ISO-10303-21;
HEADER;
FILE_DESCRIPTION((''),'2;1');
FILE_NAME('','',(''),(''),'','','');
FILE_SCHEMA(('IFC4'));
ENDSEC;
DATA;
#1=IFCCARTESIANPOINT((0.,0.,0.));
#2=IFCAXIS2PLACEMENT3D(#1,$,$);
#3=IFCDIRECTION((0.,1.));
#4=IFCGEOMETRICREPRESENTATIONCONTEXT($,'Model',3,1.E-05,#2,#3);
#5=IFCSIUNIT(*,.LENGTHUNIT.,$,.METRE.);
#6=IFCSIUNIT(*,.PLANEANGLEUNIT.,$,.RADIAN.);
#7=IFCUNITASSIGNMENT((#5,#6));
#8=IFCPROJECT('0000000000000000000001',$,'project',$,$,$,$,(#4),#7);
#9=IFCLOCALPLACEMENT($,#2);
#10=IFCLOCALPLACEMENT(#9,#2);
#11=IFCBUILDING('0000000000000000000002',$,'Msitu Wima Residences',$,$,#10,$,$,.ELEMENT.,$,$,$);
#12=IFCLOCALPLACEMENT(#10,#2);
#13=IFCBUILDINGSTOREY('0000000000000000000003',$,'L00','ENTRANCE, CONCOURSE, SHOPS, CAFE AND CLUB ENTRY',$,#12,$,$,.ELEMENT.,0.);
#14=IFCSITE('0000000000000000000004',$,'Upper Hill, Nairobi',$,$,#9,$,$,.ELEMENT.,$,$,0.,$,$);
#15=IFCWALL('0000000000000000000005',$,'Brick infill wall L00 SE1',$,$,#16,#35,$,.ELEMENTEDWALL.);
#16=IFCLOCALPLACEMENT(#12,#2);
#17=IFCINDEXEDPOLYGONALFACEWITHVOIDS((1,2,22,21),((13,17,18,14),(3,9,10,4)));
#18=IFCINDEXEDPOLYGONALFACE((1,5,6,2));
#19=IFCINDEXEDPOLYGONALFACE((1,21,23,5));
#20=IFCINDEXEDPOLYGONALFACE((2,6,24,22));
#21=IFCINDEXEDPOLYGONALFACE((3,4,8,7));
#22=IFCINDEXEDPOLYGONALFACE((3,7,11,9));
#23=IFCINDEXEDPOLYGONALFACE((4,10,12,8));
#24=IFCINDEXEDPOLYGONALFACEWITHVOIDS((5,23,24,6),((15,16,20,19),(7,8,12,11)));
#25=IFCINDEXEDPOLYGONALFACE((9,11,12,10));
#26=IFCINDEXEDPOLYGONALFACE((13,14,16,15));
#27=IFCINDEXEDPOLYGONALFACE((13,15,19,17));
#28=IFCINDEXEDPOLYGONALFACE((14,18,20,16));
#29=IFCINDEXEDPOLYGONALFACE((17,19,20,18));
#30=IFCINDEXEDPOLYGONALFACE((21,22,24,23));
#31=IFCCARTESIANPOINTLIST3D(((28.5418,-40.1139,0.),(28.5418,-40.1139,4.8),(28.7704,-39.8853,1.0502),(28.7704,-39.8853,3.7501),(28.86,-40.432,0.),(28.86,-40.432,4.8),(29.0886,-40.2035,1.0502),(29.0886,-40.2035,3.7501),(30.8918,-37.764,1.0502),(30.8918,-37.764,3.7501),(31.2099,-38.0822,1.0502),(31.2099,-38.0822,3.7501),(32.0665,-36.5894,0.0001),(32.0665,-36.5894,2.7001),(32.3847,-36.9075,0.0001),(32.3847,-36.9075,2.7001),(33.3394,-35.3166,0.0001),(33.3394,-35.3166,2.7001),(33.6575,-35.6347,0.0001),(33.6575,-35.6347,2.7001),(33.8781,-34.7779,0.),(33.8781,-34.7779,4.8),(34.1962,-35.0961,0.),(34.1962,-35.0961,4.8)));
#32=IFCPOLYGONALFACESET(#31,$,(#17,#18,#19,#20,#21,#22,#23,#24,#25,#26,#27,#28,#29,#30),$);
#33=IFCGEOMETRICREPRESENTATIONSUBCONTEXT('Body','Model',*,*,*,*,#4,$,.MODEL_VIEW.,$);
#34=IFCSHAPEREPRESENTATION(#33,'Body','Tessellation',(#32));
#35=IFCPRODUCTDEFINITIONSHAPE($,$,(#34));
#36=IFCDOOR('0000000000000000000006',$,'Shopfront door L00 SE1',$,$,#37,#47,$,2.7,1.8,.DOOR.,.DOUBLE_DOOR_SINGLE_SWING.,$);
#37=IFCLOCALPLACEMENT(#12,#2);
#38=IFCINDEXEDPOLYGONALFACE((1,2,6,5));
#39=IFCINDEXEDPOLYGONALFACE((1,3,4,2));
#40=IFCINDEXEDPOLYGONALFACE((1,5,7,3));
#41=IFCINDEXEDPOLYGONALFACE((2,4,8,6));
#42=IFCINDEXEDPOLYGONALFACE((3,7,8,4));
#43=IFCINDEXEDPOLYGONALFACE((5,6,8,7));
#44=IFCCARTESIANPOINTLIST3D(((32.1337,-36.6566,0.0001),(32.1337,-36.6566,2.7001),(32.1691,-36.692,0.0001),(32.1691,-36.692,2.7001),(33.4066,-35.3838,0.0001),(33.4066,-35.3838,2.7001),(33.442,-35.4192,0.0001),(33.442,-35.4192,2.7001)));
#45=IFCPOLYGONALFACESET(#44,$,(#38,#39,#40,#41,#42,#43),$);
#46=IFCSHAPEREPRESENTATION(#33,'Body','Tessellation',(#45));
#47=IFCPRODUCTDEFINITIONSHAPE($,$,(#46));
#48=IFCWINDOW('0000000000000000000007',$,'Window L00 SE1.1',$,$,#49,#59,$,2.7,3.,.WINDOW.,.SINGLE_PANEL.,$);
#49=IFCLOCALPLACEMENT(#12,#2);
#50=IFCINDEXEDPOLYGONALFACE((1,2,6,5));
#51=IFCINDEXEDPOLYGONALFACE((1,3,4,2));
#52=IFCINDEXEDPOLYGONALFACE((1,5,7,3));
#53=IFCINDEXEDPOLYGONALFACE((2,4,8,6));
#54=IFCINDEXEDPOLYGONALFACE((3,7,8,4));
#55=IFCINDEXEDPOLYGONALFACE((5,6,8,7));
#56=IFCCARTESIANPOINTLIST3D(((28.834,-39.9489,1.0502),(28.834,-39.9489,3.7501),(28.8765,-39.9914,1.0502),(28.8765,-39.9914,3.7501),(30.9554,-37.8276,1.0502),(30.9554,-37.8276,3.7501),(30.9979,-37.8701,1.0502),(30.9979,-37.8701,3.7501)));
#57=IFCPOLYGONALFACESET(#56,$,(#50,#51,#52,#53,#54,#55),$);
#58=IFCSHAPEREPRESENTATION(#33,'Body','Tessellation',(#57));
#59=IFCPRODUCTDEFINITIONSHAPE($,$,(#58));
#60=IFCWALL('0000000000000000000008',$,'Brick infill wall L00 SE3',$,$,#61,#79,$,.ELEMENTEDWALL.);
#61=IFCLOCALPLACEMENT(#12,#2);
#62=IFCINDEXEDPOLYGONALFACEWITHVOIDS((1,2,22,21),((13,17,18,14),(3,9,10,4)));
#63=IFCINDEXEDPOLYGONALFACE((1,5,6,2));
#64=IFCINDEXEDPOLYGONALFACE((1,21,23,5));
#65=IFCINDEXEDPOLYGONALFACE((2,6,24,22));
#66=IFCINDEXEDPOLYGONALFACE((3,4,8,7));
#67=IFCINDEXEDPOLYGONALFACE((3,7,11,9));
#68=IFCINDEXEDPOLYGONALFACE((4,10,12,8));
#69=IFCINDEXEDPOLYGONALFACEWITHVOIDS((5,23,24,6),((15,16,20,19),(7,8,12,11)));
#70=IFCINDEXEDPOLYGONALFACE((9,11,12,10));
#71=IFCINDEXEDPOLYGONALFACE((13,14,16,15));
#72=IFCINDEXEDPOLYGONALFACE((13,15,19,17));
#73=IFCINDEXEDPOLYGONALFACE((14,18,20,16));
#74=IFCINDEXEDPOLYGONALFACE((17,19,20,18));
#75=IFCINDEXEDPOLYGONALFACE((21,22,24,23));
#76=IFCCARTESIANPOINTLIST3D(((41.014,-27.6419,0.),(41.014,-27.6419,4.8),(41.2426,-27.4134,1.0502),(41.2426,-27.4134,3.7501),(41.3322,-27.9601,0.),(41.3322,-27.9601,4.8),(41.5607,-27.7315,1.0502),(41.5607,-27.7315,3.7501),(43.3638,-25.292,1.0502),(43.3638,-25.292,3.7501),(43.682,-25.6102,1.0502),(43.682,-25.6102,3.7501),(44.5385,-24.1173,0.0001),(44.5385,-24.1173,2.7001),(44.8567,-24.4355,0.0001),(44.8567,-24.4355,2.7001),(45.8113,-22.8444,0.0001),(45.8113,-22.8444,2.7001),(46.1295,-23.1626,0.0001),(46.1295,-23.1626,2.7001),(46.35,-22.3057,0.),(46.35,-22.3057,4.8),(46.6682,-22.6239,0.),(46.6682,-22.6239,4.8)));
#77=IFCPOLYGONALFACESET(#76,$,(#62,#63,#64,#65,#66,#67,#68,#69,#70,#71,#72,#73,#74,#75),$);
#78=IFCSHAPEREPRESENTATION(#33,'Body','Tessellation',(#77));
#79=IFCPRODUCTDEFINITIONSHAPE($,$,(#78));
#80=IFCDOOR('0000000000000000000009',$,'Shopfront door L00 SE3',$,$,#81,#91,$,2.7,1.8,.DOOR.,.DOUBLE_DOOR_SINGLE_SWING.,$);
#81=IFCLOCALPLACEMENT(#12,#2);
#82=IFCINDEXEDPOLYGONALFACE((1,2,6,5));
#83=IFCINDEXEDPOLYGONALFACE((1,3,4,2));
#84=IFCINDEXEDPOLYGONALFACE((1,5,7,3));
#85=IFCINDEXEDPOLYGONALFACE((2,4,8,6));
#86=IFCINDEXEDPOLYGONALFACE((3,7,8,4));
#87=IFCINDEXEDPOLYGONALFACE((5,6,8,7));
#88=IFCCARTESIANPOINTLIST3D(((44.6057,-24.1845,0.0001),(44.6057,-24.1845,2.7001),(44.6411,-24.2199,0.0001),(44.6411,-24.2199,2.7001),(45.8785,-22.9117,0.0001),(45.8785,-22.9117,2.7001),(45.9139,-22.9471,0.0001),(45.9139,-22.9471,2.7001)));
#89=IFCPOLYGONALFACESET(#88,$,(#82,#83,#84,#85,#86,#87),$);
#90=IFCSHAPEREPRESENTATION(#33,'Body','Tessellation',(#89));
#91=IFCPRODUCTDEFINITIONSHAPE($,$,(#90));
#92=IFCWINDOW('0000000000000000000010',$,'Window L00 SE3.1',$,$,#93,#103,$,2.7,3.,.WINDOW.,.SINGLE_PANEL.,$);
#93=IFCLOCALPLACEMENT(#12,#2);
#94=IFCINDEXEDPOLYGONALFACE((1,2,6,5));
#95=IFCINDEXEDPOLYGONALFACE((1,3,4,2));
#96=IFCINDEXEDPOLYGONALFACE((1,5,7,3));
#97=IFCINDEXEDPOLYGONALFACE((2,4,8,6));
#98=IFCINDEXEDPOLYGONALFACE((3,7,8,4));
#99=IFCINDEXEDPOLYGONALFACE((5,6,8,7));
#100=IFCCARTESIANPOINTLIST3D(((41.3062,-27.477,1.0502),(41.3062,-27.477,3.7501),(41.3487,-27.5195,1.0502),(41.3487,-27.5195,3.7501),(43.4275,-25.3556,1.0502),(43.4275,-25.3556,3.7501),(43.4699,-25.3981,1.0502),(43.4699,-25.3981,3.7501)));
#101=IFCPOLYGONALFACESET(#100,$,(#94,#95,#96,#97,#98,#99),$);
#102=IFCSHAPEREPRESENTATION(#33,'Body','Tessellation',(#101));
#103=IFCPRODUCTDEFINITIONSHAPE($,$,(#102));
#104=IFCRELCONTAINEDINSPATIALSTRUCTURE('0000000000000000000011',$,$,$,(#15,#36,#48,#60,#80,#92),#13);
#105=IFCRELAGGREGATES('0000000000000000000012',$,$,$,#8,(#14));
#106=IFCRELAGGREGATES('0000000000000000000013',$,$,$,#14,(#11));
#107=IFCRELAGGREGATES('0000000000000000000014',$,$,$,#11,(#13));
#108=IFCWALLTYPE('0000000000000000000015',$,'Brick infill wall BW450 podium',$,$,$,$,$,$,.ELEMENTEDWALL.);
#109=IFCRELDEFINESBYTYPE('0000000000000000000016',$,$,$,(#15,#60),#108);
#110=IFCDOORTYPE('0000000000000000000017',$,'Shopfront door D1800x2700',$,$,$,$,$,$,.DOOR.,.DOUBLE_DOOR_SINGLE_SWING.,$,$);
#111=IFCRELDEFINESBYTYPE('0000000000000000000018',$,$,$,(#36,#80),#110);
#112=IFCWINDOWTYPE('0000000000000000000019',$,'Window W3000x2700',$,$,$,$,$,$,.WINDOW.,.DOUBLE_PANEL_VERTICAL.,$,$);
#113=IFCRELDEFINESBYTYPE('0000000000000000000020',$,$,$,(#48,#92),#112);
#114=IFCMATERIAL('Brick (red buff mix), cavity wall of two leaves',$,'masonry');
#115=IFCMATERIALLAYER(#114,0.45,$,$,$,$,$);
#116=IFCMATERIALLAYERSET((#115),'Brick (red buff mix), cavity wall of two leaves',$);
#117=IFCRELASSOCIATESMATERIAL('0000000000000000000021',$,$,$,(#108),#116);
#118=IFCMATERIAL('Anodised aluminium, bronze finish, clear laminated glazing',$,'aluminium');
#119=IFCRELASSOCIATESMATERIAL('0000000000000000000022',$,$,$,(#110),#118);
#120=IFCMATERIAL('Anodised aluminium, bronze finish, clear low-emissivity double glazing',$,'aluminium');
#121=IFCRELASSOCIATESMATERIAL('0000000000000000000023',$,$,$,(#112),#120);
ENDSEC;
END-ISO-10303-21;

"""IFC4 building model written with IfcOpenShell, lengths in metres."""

from ifc_helpers import new_model, si_unit, direction, frame, frame_2d, origin, place, context, subcontext, project, spatial, rectangle, extrude, material, layer, layer_set, type_object, element, fill, save


model = new_model("IFC4")

# Units and contexts
model_context = context("Model", 3, precision=1e-05, world=origin(), true_north=direction((0.0, 1.0)))
body_context = subcontext(model_context, "Body", "Model", "MODEL_VIEW")
ifc_project = project(units=[si_unit("LENGTHUNIT", "METRE"), si_unit("PLANEANGLEUNIT", "RADIAN")], contexts=[model_context])

# Site, building, storey
site_placement = place(None, origin())
site = spatial("IfcSite", under=ifc_project, at=site_placement, Name="Upper Hill, Nairobi", CompositionType="ELEMENT", RefElevation=0.0)
building_placement = place(site_placement, origin())
building = spatial("IfcBuilding", under=site, at=building_placement, Name="Msitu Wima Residences", CompositionType="ELEMENT")
storey_placement = place(building_placement, origin())
storey = spatial("IfcBuildingStorey", under=building, at=storey_placement, Name="L00", Description="ENTRANCE, CONCOURSE, SHOPS, CAFE AND CLUB ENTRY", CompositionType="ELEMENT", Elevation=0.0)

# Walls, openings, doors, windows
ifc_material_1 = material(Name="Brick (red buff mix), cavity wall of two leaves", Category="masonry")
ifc_layer_1 = layer(ifc_material_1, 0.45)
ifc_layer_set_1 = layer_set([ifc_layer_1], Name="Brick (red buff mix), cavity wall of two leaves")
wall_type = type_object("IfcWallType", Name="Brick infill wall BW450 podium", PredefinedType="ELEMENTEDWALL", material=ifc_layer_set_1)
wall_1_placement = place(storey_placement, frame((28.7009, -40.2729, 0.0), z_axis=(0.0, 0.0, 1.0), x_axis=(0.707123, 0.707091, 0.0)))
wall_1 = element("IfcWall", 1, at=wall_1_placement, inside=storey, type_object=wall_type, Name="Brick infill wall L00 SE1", PredefinedType="ELEMENTEDWALL", context=body_context, shape_type="SweptSolid", body=[
    extrude(rectangle(XDim=7.5464, YDim=0.45, at=frame_2d((3.7732, 0.0))), origin(), (0.0, 0.0, 1.0), 4.8),
])
opening_1_placement = place(wall_1_placement, frame((0.3232, 0.0, 1.05)))
opening_1 = element("IfcOpeningElement", 2, at=opening_1_placement, cuts=wall_1, PredefinedType="OPENING", context=body_context, shape_type="SweptSolid", body=[
    extrude(rectangle(XDim=3.0, YDim=2.7, at=frame_2d((1.5, 1.3501))), frame((0.0, 0.2349, 0.0), z_axis=(0.0, -1.0, 0.0), x_axis=(1.0, 0.0, 0.0)), (0.0, 0.0, 1.0), 0.47),
])
opening_2_placement = place(wall_1_placement, frame((4.9846, 0.0, 0.0)))
opening_2 = element("IfcOpeningElement", 3, at=opening_2_placement, cuts=wall_1, PredefinedType="OPENING", context=body_context, shape_type="SweptSolid", body=[
    extrude(rectangle(XDim=1.8, YDim=2.7, at=frame_2d((0.8999, 1.3501))), frame((0.0, 0.2349, 0.0), z_axis=(0.0, -1.0, 0.0), x_axis=(1.0, 0.0, 0.0)), (0.0, 0.0, 1.0), 0.47),
])
ifc_material_2 = material(Name="Anodised aluminium, bronze finish, clear laminated glazing", Category="aluminium")
door_type = type_object("IfcDoorType", Name="Shopfront door D1800x2700", OperationType="DOUBLE_DOOR_SINGLE_SWING", PredefinedType="DOOR", material=ifc_material_2)
door_1_placement = place(opening_2_placement, frame((1.8, 0.0, 0.0), z_axis=(0.0, 0.0, 1.0), x_axis=(-1.0, 0.0, 0.0)))
door_1 = element("IfcDoor", 4, at=door_1_placement, inside=storey, type_object=door_type, Name="Shopfront door L00 SE1", OperationType="DOUBLE_DOOR_SINGLE_SWING", OverallHeight=2.7, OverallWidth=1.8, PredefinedType="DOOR", context=body_context, shape_type="SweptSolid", body=[
    extrude(rectangle(XDim=1.8, YDim=2.7, at=frame_2d((0.9001, 1.3501))), frame((0.0, -0.0798, 0.0), z_axis=(0.0, -1.0, 0.0), x_axis=(1.0, 0.0, 0.0)), (0.0, 0.0, 1.0), 0.05),
])
fill(opening_2, door_1)
ifc_material_3 = material(Name="Anodised aluminium, bronze finish, clear low-emissivity double glazing", Category="aluminium")
window_type = type_object("IfcWindowType", Name="Window W3000x2700", PartitioningType="DOUBLE_PANEL_VERTICAL", PredefinedType="WINDOW", material=ifc_material_3)
window_1_placement = place(opening_1_placement, origin())
window_1 = element("IfcWindow", 5, at=window_1_placement, inside=storey, type_object=window_type, Name="Window L00 SE1.1", OverallHeight=2.7, OverallWidth=3.0, PartitioningType="SINGLE_PANEL", PredefinedType="WINDOW", context=body_context, shape_type="SweptSolid", body=[
    extrude(rectangle(XDim=3.0, YDim=2.7, at=frame_2d((1.5, 1.3501))), frame((0.0, 0.135, 0.0), z_axis=(0.0, -1.0, 0.0), x_axis=(1.0, 0.0, 0.0)), (0.0, 0.0, 1.0), 0.0601),
])
fill(opening_1, window_1)
wall_2_placement = place(storey_placement, frame((41.1731, -27.801, 0.0), z_axis=(0.0, 0.0, 1.0), x_axis=(0.707091, 0.707123, 0.0)))
wall_2 = element("IfcWall", 6, at=wall_2_placement, inside=storey, type_object=wall_type, Name="Brick infill wall L00 SE3", PredefinedType="ELEMENTEDWALL", context=body_context, shape_type="SweptSolid", body=[
    extrude(rectangle(XDim=7.5464, YDim=0.45, at=frame_2d((3.7732, 0.0))), origin(), (0.0, 0.0, 1.0), 4.8),
])
opening_3_placement = place(wall_2_placement, frame((0.3232, 0.0, 1.05)))
opening_3 = element("IfcOpeningElement", 7, at=opening_3_placement, cuts=wall_2, PredefinedType="OPENING", context=body_context, shape_type="SweptSolid", body=[
    extrude(rectangle(XDim=3.0, YDim=2.7, at=frame_2d((1.5, 1.3501))), frame((0.0, 0.2349, 0.0), z_axis=(0.0, -1.0, 0.0), x_axis=(1.0, 0.0, 0.0)), (0.0, 0.0, 1.0), 0.47),
])
opening_4_placement = place(wall_2_placement, frame((4.9846, 0.0, 0.0)))
opening_4 = element("IfcOpeningElement", 8, at=opening_4_placement, cuts=wall_2, PredefinedType="OPENING", context=body_context, shape_type="SweptSolid", body=[
    extrude(rectangle(XDim=1.8, YDim=2.7, at=frame_2d((0.8999, 1.3501))), frame((0.0, 0.2349, 0.0), z_axis=(0.0, -1.0, 0.0), x_axis=(1.0, 0.0, 0.0)), (0.0, 0.0, 1.0), 0.47),
])
door_2_placement = place(opening_4_placement, frame((1.8, 0.0, 0.0), z_axis=(0.0, 0.0, 1.0), x_axis=(-1.0, 0.0, 0.0)))
door_2 = element("IfcDoor", 9, at=door_2_placement, inside=storey, type_object=door_type, Name="Shopfront door L00 SE3", OperationType="DOUBLE_DOOR_SINGLE_SWING", OverallHeight=2.7, OverallWidth=1.8, PredefinedType="DOOR", context=body_context, shape_type="SweptSolid", body=[
    extrude(rectangle(XDim=1.8, YDim=2.7, at=frame_2d((0.9001, 1.3501))), frame((0.0, -0.0798, 0.0), z_axis=(0.0, -1.0, 0.0), x_axis=(1.0, 0.0, 0.0)), (0.0, 0.0, 1.0), 0.05),
])
fill(opening_4, door_2)
window_2_placement = place(opening_3_placement, origin())
window_2 = element("IfcWindow", 10, at=window_2_placement, inside=storey, type_object=window_type, Name="Window L00 SE3.1", OverallHeight=2.7, OverallWidth=3.0, PartitioningType="SINGLE_PANEL", PredefinedType="WINDOW", context=body_context, shape_type="SweptSolid", body=[
    extrude(rectangle(XDim=3.0, YDim=2.7, at=frame_2d((1.5, 1.3501))), frame((0.0, 0.135, 0.0), z_axis=(0.0, -1.0, 0.0), x_axis=(1.0, 0.0, 0.0)), (0.0, 0.0, 1.0), 0.0601),
])
fill(opening_3, window_2)

save(model, "model.ifc")
